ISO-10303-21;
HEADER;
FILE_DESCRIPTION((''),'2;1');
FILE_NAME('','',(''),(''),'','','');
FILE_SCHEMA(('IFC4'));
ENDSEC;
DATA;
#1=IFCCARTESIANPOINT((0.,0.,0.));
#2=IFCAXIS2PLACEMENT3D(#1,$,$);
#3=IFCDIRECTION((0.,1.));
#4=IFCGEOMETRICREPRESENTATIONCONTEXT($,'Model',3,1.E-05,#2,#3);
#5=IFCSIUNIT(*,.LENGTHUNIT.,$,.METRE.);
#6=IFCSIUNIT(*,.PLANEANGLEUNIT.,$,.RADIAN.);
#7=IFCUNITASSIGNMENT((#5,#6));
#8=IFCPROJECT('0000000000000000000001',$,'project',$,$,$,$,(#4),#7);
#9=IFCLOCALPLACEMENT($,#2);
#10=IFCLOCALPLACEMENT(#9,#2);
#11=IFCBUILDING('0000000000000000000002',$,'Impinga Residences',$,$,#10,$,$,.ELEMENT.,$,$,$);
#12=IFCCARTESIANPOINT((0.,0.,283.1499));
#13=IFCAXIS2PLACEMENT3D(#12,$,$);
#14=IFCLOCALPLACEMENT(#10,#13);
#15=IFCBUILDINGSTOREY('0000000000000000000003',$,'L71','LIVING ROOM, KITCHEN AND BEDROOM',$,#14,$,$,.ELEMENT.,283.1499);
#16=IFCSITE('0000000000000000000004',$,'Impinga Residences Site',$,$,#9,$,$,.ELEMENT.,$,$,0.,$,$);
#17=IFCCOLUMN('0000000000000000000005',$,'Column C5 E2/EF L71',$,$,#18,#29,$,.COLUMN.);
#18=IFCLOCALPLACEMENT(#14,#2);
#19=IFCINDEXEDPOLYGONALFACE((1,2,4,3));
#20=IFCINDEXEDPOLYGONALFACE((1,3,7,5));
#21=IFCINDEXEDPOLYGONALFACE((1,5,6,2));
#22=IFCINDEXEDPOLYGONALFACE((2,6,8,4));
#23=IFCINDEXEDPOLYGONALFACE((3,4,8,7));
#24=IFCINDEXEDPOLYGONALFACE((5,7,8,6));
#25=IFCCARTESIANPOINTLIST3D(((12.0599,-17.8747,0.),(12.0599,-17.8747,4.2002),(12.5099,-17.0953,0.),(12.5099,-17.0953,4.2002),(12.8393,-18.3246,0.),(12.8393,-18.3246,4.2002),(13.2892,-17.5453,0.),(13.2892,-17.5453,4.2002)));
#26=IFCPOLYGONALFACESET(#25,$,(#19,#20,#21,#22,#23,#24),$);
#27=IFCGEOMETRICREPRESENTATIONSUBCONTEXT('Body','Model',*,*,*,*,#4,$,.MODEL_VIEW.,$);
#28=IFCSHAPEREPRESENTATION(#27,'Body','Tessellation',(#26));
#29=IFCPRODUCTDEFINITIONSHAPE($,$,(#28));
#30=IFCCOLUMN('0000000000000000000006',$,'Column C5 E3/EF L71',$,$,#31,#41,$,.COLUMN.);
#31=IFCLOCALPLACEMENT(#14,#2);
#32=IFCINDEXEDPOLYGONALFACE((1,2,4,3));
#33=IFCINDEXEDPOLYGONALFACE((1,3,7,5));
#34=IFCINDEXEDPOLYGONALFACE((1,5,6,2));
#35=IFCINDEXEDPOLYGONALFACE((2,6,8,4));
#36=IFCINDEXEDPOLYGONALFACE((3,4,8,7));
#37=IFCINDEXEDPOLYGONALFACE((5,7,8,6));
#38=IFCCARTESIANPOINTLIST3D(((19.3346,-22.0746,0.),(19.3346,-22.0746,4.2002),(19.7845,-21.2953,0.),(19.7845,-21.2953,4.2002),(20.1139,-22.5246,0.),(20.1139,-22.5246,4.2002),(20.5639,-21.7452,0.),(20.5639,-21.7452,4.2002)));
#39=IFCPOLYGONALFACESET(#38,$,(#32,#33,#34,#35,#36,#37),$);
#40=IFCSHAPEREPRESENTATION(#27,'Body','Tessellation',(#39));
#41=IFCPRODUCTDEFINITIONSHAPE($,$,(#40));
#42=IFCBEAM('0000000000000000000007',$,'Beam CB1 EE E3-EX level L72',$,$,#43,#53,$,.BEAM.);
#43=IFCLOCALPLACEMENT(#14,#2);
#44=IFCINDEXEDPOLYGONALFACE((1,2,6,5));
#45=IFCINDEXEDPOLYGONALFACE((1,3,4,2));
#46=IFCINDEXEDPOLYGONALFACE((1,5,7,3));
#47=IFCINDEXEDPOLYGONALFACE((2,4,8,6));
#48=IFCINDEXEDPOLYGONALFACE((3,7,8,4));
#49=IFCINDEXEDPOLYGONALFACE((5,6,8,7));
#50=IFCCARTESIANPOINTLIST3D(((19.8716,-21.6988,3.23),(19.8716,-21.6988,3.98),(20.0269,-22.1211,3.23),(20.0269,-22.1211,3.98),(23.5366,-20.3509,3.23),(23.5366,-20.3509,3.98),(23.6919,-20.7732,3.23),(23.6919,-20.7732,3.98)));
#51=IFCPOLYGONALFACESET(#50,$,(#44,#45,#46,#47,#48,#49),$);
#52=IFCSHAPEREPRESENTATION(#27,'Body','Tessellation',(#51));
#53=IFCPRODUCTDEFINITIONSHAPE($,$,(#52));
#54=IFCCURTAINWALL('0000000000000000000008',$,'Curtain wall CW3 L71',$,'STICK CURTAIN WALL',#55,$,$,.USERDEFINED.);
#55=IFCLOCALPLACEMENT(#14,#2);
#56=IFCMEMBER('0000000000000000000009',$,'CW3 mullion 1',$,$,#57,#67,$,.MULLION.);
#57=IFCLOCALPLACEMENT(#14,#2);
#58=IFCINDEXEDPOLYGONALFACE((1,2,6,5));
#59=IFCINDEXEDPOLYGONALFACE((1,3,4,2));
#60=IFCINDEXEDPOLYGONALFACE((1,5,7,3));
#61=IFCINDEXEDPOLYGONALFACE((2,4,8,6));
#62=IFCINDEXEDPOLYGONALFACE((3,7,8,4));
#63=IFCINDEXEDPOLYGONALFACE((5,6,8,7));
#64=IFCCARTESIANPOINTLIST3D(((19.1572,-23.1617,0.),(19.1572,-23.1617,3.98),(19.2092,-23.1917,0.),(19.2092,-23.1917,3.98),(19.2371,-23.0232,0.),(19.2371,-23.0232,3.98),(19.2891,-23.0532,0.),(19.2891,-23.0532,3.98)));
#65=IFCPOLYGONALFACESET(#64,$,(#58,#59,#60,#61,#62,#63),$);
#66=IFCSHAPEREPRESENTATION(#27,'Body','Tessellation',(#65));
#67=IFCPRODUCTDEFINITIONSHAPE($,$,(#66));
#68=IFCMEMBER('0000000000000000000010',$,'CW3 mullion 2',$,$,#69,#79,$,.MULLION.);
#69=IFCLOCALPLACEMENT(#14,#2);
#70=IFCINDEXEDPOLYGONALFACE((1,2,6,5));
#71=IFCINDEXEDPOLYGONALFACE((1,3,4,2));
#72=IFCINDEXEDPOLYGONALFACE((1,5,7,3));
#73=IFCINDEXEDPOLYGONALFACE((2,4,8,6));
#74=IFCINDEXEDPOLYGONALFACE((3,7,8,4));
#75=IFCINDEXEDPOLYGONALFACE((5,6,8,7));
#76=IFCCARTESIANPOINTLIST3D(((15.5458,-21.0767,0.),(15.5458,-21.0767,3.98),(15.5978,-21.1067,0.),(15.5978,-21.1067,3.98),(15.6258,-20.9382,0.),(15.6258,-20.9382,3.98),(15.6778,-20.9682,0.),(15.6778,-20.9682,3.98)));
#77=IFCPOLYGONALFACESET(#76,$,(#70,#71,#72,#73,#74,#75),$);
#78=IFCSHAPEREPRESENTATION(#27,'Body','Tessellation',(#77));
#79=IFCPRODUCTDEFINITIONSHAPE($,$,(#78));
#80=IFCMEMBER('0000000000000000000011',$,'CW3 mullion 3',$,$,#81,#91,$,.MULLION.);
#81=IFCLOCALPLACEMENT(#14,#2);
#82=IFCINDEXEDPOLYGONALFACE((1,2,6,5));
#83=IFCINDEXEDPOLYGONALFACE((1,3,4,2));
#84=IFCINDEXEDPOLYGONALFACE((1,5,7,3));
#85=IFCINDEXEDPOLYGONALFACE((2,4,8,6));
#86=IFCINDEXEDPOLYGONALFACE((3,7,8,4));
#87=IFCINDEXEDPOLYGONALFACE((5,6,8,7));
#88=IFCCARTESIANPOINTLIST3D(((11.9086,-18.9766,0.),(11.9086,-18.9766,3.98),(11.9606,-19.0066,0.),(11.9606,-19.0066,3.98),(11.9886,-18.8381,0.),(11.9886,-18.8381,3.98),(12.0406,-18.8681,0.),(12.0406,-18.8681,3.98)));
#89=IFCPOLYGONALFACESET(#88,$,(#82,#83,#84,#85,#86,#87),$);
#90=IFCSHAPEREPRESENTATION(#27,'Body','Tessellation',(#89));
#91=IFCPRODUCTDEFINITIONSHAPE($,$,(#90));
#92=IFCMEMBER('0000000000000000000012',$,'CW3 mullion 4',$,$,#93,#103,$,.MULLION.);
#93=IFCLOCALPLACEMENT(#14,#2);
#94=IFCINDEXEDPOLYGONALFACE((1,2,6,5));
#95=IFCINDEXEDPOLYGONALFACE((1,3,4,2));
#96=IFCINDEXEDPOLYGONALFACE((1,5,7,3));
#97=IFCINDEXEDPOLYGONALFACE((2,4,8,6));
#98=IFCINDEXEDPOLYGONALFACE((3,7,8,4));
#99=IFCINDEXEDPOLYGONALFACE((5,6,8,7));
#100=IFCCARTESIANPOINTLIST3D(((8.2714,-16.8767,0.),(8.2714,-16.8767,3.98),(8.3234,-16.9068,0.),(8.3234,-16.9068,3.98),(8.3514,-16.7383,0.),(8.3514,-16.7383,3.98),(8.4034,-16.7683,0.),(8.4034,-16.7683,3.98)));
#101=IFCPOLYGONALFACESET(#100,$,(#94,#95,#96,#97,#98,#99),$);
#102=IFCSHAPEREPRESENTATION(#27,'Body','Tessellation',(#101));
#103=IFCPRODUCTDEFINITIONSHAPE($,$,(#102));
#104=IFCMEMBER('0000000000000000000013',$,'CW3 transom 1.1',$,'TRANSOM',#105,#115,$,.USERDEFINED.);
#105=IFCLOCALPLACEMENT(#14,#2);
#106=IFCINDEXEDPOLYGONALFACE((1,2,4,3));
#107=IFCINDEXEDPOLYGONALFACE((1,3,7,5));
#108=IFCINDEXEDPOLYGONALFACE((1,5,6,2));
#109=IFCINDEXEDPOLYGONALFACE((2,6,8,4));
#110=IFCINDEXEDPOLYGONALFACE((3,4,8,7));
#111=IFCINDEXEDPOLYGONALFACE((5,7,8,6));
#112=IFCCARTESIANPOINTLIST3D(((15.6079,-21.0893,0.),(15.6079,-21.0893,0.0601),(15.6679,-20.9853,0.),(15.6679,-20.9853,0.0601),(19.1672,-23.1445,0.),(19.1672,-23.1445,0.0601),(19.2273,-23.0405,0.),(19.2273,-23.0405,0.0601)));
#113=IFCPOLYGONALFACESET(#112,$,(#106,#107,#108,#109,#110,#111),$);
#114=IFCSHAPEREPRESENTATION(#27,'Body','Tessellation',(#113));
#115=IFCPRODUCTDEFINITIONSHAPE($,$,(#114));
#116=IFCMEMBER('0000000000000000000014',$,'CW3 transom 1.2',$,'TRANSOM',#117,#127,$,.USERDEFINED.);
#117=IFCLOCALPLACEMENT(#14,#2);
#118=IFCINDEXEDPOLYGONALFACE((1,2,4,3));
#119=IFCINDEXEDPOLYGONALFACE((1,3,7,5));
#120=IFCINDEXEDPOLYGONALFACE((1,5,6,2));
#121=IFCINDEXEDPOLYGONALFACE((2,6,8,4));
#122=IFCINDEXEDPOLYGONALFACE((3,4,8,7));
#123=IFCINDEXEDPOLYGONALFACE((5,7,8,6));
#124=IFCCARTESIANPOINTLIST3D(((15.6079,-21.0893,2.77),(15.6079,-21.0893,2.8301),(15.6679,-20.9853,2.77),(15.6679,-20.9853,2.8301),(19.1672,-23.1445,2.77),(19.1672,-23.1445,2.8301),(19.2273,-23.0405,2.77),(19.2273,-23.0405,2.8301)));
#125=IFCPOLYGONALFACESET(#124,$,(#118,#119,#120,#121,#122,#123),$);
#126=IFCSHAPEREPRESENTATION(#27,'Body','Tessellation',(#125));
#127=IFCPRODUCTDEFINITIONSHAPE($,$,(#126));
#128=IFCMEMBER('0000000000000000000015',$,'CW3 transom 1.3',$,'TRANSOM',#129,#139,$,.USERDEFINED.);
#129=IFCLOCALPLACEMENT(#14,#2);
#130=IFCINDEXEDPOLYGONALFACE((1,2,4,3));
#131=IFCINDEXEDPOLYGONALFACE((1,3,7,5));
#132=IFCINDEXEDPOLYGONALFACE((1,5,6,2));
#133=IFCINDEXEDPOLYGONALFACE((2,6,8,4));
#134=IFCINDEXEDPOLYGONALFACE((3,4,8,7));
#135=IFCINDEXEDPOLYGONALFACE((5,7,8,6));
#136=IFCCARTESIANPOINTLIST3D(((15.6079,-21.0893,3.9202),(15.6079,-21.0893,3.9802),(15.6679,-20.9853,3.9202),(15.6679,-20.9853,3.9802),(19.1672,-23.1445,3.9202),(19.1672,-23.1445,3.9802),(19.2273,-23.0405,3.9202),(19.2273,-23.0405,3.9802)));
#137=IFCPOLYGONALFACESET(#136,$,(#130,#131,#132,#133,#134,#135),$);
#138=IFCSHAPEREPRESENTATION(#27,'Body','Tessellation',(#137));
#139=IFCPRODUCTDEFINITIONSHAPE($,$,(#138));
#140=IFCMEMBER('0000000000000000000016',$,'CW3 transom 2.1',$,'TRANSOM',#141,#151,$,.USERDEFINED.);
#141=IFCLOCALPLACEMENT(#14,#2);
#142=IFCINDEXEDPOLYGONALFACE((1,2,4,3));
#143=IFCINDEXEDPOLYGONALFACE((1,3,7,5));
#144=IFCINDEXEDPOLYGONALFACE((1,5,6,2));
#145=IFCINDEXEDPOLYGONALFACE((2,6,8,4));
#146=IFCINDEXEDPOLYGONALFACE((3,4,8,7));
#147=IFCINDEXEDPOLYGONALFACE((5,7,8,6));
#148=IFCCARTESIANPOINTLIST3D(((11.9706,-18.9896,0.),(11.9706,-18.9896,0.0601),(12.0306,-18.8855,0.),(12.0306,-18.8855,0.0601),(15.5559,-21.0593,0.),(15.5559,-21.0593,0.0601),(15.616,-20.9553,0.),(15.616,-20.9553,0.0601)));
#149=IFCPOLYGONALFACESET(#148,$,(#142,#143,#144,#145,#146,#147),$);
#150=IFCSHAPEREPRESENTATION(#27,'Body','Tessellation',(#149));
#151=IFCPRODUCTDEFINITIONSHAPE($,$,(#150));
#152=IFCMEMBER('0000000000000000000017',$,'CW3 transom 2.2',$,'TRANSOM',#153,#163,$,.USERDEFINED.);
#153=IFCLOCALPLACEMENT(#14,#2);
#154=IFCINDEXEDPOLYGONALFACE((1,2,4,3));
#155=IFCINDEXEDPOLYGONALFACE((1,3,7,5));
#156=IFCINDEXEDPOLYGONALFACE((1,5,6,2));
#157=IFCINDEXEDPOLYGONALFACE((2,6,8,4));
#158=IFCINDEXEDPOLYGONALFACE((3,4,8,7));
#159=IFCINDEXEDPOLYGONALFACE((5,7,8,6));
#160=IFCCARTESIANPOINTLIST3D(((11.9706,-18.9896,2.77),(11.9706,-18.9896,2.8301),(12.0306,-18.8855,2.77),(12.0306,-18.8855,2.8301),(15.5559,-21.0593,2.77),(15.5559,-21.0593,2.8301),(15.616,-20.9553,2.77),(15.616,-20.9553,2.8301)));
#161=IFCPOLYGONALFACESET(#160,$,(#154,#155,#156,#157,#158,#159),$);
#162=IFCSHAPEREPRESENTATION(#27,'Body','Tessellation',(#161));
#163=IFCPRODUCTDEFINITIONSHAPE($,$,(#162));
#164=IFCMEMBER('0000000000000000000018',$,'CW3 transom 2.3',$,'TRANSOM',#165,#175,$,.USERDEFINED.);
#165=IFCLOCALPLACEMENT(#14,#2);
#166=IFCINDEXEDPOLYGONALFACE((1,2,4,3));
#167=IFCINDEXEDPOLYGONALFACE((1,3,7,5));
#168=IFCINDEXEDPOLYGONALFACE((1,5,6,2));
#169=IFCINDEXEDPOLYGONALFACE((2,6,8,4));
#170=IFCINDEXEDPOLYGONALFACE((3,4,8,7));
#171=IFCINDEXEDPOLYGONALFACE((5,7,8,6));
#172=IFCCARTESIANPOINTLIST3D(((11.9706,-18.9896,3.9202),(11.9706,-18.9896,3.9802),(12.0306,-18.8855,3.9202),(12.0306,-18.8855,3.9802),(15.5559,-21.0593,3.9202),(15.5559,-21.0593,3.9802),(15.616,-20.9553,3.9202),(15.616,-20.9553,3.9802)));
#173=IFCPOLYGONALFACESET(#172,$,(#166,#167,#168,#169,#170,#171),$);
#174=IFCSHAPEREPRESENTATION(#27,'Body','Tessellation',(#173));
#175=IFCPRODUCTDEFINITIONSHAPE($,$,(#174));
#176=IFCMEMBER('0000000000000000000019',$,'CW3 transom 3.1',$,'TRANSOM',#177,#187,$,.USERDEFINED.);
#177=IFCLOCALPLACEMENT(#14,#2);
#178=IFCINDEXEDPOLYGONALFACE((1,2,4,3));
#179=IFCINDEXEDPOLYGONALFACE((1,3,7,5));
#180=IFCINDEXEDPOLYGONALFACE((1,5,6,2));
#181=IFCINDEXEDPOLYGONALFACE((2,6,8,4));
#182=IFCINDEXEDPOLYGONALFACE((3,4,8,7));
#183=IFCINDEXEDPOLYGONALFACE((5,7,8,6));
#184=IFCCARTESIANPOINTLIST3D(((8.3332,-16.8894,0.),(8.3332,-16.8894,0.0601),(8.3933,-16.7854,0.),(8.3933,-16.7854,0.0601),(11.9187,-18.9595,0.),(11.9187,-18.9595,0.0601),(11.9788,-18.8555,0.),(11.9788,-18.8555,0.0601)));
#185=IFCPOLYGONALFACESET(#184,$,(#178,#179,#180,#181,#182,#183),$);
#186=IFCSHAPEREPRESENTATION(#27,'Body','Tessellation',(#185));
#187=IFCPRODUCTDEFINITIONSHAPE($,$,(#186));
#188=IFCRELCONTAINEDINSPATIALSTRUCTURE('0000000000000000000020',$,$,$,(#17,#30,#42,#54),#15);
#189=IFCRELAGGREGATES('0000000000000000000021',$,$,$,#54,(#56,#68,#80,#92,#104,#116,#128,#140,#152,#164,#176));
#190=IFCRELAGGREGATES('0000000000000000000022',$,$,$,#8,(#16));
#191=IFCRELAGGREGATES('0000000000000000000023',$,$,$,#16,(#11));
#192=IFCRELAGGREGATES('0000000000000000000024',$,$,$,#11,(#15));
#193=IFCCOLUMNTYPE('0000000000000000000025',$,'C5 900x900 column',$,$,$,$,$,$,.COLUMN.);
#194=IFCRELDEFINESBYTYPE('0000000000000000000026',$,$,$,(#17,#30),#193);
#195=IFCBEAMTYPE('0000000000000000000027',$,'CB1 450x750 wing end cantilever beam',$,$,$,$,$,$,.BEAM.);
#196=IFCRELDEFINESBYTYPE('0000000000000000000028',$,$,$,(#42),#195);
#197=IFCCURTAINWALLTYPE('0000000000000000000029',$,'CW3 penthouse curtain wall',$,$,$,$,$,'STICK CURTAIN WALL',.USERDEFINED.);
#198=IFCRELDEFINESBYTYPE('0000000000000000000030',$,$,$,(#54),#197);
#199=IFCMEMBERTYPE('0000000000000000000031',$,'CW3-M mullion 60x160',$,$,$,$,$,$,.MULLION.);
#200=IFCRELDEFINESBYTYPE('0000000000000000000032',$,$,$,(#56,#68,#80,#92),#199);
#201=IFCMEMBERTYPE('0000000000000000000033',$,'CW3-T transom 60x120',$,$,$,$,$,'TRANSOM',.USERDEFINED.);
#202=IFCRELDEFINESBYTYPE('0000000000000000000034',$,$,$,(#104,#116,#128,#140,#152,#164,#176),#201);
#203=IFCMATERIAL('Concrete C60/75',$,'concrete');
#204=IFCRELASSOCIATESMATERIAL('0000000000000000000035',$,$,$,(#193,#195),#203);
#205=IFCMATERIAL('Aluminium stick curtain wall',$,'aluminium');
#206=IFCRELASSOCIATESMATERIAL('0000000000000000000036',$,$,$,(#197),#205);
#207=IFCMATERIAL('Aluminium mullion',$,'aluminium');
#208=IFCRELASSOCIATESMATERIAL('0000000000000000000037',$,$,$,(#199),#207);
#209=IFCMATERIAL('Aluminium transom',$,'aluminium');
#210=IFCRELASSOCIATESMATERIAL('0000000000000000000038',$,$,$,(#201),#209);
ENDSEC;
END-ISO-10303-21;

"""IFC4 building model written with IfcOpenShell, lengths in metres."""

from ifc_helpers import new_model, si_unit, direction, frame, origin, origin_2d, place, context, subcontext, project, spatial, rectangle, extrude, material, material_profile, profile_set, type_object, element, aggregate, save


model = new_model("IFC4")

# Units and contexts
model_context = context("Model", 3, precision=1e-05, world=origin(), true_north=direction((0.0, 1.0)))
body_context = subcontext(model_context, "Body", "Model", "MODEL_VIEW")
ifc_project = project(units=[si_unit("LENGTHUNIT", "METRE"), si_unit("PLANEANGLEUNIT", "RADIAN")], contexts=[model_context])

# Site, building, storey
site_placement = place(None, origin())
site = spatial("IfcSite", under=ifc_project, at=site_placement, Name="Impinga Residences Site", CompositionType="ELEMENT", RefElevation=0.0)
building_placement = place(site_placement, origin())
building = spatial("IfcBuilding", under=site, at=building_placement, Name="Impinga Residences", CompositionType="ELEMENT")
storey_placement = place(building_placement, frame((0.0, 0.0, 283.1499)))
storey = spatial("IfcBuildingStorey", under=building, at=storey_placement, Name="L71", Description="LIVING ROOM, KITCHEN AND BEDROOM", CompositionType="ELEMENT", Elevation=283.1499)

# Columns
ifc_material_1 = material(Name="Concrete C60/75", Category="concrete")
ifc_material_profile_1 = material_profile(ifc_material_1, rectangle(XDim=0.8999, YDim=0.8999, at=origin_2d()), Name="RC 900x900")
ifc_profile_set_1 = profile_set([ifc_material_profile_1], Name="Concrete C60/75")
column_type = type_object("IfcColumnType", Name="C5 900x900 column", PredefinedType="COLUMN", material=ifc_profile_set_1)
for number, where, z_axis, x_axis, name in (
    (1, (12.6746, -17.71, 0.0), (0.0, 0.0, 1.0), (-0.5, -0.866025, 0.0), "Column C5 E2/EF L71"),
    (2, (19.9492, -21.9099, 0.0), (0.0, 0.0, 1.0), (-0.5, -0.866025, 0.0), "Column C5 E3/EF L71"),
):
    element("IfcColumn", number, at=place(storey_placement, frame(where, z_axis=z_axis, x_axis=x_axis)), inside=storey, type_object=column_type, Name=name, PredefinedType="COLUMN", context=body_context, shape_type="SweptSolid", body=[
        extrude(rectangle(XDim=0.8999, YDim=0.8999, at=origin_2d()), origin(), (0.0, 0.0, 1.0), 4.2002),
    ])

# Beam
ifc_material_profile_2 = material_profile(ifc_material_1, rectangle(XDim=0.45, YDim=0.75, at=origin_2d()), Name="RC 450x750")
ifc_profile_set_2 = profile_set([ifc_material_profile_2], Name="Concrete C60/75")
beam_type_1 = type_object("IfcBeamType", Name="CB1 450x750 wing end cantilever beam", PredefinedType="BEAM", material=ifc_profile_set_2)
beam_1_placement = place(storey_placement, frame((19.9492, -21.9099, 3.605), z_axis=(0.93854, 0.345169, 0.0), x_axis=(-0.345169, 0.93854, 0.0)))
element("IfcBeam", 3, at=beam_1_placement, inside=storey, type_object=beam_type_1, Name="Beam CB1 EE E3-EX level L72", PredefinedType="BEAM", context=body_context, shape_type="SweptSolid", body=[
    extrude(rectangle(XDim=0.45, YDim=0.75, at=origin_2d()), origin(), (0.0, 0.0, 1.0), 3.905),
])

# Curtain wall, members
ifc_material_2 = material(Name="Aluminium stick curtain wall", Category="aluminium")
curtain_wall_type = type_object("IfcCurtainWallType", Name="CW3 penthouse curtain wall", ElementType="STICK CURTAIN WALL", PredefinedType="USERDEFINED", material=ifc_material_2)
curtain_wall_placement = place(storey_placement, origin())
curtain_wall = element("IfcCurtainWall", 4, at=curtain_wall_placement, inside=storey, type_object=curtain_wall_type, Name="Curtain wall CW3 L71", ObjectType="STICK CURTAIN WALL", PredefinedType="USERDEFINED")
ifc_material_3 = material(Name="Aluminium mullion", Category="aluminium")
ifc_material_profile_3 = material_profile(ifc_material_3, rectangle(XDim=0.0601, YDim=0.1599, at=origin_2d()), Name="60x160 mullion")
ifc_profile_set_3 = profile_set([ifc_material_profile_3], Name="Aluminium mullion")
member_type_1 = type_object("IfcMemberType", Name="CW3-M mullion 60x160", PredefinedType="MULLION", material=ifc_profile_set_3)
member_1_placement = place(storey_placement, frame((19.2231, -23.1074, 0.0), z_axis=(0.0, 0.0, 1.0), x_axis=(-0.866025, 0.5, 0.0)))
member_1 = element("IfcMember", 5, at=member_1_placement, type_object=member_type_1, Name="CW3 mullion 1", PredefinedType="MULLION", context=body_context, shape_type="SweptSolid", body=[
    extrude(rectangle(XDim=0.0601, YDim=0.1599, at=origin_2d()), origin(), (0.0, 0.0, 1.0), 3.98),
])
member_2_placement = place(storey_placement, frame((15.6118, -21.0225, 0.0), z_axis=(0.0, 0.0, 1.0), x_axis=(-0.866025, 0.5, 0.0)))
member_2 = element("IfcMember", 6, at=member_2_placement, type_object=member_type_1, Name="CW3 mullion 2", PredefinedType="MULLION", context=body_context, shape_type="SweptSolid", body=[
    extrude(rectangle(XDim=0.0601, YDim=0.1599, at=origin_2d()), origin(), (0.0, 0.0, 1.0), 3.98),
])
member_3_placement = place(storey_placement, frame((11.9746, -18.9224, 0.0), z_axis=(0.0, 0.0, 1.0), x_axis=(-0.866025, 0.5, 0.0)))
member_3 = element("IfcMember", 7, at=member_3_placement, type_object=member_type_1, Name="CW3 mullion 3", PredefinedType="MULLION", context=body_context, shape_type="SweptSolid", body=[
    extrude(rectangle(XDim=0.0601, YDim=0.1599, at=origin_2d()), origin(), (0.0, 0.0, 1.0), 3.98),
])
member_4_placement = place(storey_placement, frame((8.3374, -16.8225, 0.0), z_axis=(0.0, 0.0, 1.0), x_axis=(-0.866025, 0.5, 0.0)))
member_4 = element("IfcMember", 8, at=member_4_placement, type_object=member_type_1, Name="CW3 mullion 4", PredefinedType="MULLION", context=body_context, shape_type="SweptSolid", body=[
    extrude(rectangle(XDim=0.0601, YDim=0.1599, at=origin_2d()), origin(), (0.0, 0.0, 1.0), 3.98),
])
ifc_material_4 = material(Name="Aluminium transom", Category="aluminium")
ifc_material_profile_4 = material_profile(ifc_material_4, rectangle(XDim=0.0601, YDim=0.1201, at=origin_2d()), Name="60x120 transom")
ifc_profile_set_4 = profile_set([ifc_material_profile_4], Name="Aluminium transom")
member_type_2 = type_object("IfcMemberType", Name="CW3-T transom 60x120", ElementType="TRANSOM", PredefinedType="USERDEFINED", material=ifc_profile_set_4)
member_5_placement = place(storey_placement, frame((19.1973, -23.0925, 0.03), z_axis=(-0.866005, 0.500036, 0.0), x_axis=(0.0, 0.0, 1.0)))
member_5 = element("IfcMember", 9, at=member_5_placement, type_object=member_type_2, Name="CW3 transom 1.1", ObjectType="TRANSOM", PredefinedType="USERDEFINED", context=body_context, shape_type="SweptSolid", body=[
    extrude(rectangle(XDim=0.0601, YDim=0.1201, at=origin_2d()), origin(), (0.0, 0.0, 1.0), 4.1101),
])
member_6_placement = place(storey_placement, frame((19.1973, -23.0925, 2.8), z_axis=(-0.866005, 0.500036, 0.0), x_axis=(0.0, 0.0, 1.0)))
member_6 = element("IfcMember", 10, at=member_6_placement, type_object=member_type_2, Name="CW3 transom 1.2", ObjectType="TRANSOM", PredefinedType="USERDEFINED", context=body_context, shape_type="SweptSolid", body=[
    extrude(rectangle(XDim=0.0601, YDim=0.1201, at=origin_2d()), origin(), (0.0, 0.0, 1.0), 4.1101),
])
member_7_placement = place(storey_placement, frame((19.1973, -23.0925, 3.9502), z_axis=(-0.866005, 0.500036, 0.0), x_axis=(0.0, 0.0, 1.0)))
member_7 = element("IfcMember", 11, at=member_7_placement, type_object=member_type_2, Name="CW3 transom 1.3", ObjectType="TRANSOM", PredefinedType="USERDEFINED", context=body_context, shape_type="SweptSolid", body=[
    extrude(rectangle(XDim=0.0601, YDim=0.1201, at=origin_2d()), origin(), (0.0, 0.0, 1.0), 4.1101),
])
member_8_placement = place(storey_placement, frame((15.5859, -21.0073, 0.03), z_axis=(-0.86605, 0.499957, 0.0), x_axis=(0.0, 0.0, 1.0)))
member_8 = element("IfcMember", 12, at=member_8_placement, type_object=member_type_2, Name="CW3 transom 2.1", ObjectType="TRANSOM", PredefinedType="USERDEFINED", context=body_context, shape_type="SweptSolid", body=[
    extrude(rectangle(XDim=0.0601, YDim=0.1201, at=origin_2d()), origin(), (0.0, 0.0, 1.0), 4.1399),
])
member_9_placement = place(storey_placement, frame((15.5859, -21.0073, 2.8), z_axis=(-0.86605, 0.499957, 0.0), x_axis=(0.0, 0.0, 1.0)))
member_9 = element("IfcMember", 13, at=member_9_placement, type_object=member_type_2, Name="CW3 transom 2.2", ObjectType="TRANSOM", PredefinedType="USERDEFINED", context=body_context, shape_type="SweptSolid", body=[
    extrude(rectangle(XDim=0.0601, YDim=0.1201, at=origin_2d()), origin(), (0.0, 0.0, 1.0), 4.1399),
])
member_10_placement = place(storey_placement, frame((15.5859, -21.0073, 3.9502), z_axis=(-0.86605, 0.499957, 0.0), x_axis=(0.0, 0.0, 1.0)))
member_10 = element("IfcMember", 14, at=member_10_placement, type_object=member_type_2, Name="CW3 transom 2.3", ObjectType="TRANSOM", PredefinedType="USERDEFINED", context=body_context, shape_type="SweptSolid", body=[
    extrude(rectangle(XDim=0.0601, YDim=0.1201, at=origin_2d()), origin(), (0.0, 0.0, 1.0), 4.1399),
])
member_11_placement = place(storey_placement, frame((11.9487, -18.9075, 0.03), z_axis=(-0.866025, 0.500002, 0.0), x_axis=(0.0, 0.0, 1.0)))
member_11 = element("IfcMember", 15, at=member_11_placement, type_object=member_type_2, Name="CW3 transom 3.1", ObjectType="TRANSOM", PredefinedType="USERDEFINED", context=body_context, shape_type="SweptSolid", body=[
    extrude(rectangle(XDim=0.0601, YDim=0.1201, at=origin_2d()), origin(), (0.0, 0.0, 1.0), 4.1401),
])

aggregate(curtain_wall, [member_1, member_2, member_3, member_4, member_5, member_6, member_7, member_8, member_9, member_10, member_11])

save(model, "model.ifc")
